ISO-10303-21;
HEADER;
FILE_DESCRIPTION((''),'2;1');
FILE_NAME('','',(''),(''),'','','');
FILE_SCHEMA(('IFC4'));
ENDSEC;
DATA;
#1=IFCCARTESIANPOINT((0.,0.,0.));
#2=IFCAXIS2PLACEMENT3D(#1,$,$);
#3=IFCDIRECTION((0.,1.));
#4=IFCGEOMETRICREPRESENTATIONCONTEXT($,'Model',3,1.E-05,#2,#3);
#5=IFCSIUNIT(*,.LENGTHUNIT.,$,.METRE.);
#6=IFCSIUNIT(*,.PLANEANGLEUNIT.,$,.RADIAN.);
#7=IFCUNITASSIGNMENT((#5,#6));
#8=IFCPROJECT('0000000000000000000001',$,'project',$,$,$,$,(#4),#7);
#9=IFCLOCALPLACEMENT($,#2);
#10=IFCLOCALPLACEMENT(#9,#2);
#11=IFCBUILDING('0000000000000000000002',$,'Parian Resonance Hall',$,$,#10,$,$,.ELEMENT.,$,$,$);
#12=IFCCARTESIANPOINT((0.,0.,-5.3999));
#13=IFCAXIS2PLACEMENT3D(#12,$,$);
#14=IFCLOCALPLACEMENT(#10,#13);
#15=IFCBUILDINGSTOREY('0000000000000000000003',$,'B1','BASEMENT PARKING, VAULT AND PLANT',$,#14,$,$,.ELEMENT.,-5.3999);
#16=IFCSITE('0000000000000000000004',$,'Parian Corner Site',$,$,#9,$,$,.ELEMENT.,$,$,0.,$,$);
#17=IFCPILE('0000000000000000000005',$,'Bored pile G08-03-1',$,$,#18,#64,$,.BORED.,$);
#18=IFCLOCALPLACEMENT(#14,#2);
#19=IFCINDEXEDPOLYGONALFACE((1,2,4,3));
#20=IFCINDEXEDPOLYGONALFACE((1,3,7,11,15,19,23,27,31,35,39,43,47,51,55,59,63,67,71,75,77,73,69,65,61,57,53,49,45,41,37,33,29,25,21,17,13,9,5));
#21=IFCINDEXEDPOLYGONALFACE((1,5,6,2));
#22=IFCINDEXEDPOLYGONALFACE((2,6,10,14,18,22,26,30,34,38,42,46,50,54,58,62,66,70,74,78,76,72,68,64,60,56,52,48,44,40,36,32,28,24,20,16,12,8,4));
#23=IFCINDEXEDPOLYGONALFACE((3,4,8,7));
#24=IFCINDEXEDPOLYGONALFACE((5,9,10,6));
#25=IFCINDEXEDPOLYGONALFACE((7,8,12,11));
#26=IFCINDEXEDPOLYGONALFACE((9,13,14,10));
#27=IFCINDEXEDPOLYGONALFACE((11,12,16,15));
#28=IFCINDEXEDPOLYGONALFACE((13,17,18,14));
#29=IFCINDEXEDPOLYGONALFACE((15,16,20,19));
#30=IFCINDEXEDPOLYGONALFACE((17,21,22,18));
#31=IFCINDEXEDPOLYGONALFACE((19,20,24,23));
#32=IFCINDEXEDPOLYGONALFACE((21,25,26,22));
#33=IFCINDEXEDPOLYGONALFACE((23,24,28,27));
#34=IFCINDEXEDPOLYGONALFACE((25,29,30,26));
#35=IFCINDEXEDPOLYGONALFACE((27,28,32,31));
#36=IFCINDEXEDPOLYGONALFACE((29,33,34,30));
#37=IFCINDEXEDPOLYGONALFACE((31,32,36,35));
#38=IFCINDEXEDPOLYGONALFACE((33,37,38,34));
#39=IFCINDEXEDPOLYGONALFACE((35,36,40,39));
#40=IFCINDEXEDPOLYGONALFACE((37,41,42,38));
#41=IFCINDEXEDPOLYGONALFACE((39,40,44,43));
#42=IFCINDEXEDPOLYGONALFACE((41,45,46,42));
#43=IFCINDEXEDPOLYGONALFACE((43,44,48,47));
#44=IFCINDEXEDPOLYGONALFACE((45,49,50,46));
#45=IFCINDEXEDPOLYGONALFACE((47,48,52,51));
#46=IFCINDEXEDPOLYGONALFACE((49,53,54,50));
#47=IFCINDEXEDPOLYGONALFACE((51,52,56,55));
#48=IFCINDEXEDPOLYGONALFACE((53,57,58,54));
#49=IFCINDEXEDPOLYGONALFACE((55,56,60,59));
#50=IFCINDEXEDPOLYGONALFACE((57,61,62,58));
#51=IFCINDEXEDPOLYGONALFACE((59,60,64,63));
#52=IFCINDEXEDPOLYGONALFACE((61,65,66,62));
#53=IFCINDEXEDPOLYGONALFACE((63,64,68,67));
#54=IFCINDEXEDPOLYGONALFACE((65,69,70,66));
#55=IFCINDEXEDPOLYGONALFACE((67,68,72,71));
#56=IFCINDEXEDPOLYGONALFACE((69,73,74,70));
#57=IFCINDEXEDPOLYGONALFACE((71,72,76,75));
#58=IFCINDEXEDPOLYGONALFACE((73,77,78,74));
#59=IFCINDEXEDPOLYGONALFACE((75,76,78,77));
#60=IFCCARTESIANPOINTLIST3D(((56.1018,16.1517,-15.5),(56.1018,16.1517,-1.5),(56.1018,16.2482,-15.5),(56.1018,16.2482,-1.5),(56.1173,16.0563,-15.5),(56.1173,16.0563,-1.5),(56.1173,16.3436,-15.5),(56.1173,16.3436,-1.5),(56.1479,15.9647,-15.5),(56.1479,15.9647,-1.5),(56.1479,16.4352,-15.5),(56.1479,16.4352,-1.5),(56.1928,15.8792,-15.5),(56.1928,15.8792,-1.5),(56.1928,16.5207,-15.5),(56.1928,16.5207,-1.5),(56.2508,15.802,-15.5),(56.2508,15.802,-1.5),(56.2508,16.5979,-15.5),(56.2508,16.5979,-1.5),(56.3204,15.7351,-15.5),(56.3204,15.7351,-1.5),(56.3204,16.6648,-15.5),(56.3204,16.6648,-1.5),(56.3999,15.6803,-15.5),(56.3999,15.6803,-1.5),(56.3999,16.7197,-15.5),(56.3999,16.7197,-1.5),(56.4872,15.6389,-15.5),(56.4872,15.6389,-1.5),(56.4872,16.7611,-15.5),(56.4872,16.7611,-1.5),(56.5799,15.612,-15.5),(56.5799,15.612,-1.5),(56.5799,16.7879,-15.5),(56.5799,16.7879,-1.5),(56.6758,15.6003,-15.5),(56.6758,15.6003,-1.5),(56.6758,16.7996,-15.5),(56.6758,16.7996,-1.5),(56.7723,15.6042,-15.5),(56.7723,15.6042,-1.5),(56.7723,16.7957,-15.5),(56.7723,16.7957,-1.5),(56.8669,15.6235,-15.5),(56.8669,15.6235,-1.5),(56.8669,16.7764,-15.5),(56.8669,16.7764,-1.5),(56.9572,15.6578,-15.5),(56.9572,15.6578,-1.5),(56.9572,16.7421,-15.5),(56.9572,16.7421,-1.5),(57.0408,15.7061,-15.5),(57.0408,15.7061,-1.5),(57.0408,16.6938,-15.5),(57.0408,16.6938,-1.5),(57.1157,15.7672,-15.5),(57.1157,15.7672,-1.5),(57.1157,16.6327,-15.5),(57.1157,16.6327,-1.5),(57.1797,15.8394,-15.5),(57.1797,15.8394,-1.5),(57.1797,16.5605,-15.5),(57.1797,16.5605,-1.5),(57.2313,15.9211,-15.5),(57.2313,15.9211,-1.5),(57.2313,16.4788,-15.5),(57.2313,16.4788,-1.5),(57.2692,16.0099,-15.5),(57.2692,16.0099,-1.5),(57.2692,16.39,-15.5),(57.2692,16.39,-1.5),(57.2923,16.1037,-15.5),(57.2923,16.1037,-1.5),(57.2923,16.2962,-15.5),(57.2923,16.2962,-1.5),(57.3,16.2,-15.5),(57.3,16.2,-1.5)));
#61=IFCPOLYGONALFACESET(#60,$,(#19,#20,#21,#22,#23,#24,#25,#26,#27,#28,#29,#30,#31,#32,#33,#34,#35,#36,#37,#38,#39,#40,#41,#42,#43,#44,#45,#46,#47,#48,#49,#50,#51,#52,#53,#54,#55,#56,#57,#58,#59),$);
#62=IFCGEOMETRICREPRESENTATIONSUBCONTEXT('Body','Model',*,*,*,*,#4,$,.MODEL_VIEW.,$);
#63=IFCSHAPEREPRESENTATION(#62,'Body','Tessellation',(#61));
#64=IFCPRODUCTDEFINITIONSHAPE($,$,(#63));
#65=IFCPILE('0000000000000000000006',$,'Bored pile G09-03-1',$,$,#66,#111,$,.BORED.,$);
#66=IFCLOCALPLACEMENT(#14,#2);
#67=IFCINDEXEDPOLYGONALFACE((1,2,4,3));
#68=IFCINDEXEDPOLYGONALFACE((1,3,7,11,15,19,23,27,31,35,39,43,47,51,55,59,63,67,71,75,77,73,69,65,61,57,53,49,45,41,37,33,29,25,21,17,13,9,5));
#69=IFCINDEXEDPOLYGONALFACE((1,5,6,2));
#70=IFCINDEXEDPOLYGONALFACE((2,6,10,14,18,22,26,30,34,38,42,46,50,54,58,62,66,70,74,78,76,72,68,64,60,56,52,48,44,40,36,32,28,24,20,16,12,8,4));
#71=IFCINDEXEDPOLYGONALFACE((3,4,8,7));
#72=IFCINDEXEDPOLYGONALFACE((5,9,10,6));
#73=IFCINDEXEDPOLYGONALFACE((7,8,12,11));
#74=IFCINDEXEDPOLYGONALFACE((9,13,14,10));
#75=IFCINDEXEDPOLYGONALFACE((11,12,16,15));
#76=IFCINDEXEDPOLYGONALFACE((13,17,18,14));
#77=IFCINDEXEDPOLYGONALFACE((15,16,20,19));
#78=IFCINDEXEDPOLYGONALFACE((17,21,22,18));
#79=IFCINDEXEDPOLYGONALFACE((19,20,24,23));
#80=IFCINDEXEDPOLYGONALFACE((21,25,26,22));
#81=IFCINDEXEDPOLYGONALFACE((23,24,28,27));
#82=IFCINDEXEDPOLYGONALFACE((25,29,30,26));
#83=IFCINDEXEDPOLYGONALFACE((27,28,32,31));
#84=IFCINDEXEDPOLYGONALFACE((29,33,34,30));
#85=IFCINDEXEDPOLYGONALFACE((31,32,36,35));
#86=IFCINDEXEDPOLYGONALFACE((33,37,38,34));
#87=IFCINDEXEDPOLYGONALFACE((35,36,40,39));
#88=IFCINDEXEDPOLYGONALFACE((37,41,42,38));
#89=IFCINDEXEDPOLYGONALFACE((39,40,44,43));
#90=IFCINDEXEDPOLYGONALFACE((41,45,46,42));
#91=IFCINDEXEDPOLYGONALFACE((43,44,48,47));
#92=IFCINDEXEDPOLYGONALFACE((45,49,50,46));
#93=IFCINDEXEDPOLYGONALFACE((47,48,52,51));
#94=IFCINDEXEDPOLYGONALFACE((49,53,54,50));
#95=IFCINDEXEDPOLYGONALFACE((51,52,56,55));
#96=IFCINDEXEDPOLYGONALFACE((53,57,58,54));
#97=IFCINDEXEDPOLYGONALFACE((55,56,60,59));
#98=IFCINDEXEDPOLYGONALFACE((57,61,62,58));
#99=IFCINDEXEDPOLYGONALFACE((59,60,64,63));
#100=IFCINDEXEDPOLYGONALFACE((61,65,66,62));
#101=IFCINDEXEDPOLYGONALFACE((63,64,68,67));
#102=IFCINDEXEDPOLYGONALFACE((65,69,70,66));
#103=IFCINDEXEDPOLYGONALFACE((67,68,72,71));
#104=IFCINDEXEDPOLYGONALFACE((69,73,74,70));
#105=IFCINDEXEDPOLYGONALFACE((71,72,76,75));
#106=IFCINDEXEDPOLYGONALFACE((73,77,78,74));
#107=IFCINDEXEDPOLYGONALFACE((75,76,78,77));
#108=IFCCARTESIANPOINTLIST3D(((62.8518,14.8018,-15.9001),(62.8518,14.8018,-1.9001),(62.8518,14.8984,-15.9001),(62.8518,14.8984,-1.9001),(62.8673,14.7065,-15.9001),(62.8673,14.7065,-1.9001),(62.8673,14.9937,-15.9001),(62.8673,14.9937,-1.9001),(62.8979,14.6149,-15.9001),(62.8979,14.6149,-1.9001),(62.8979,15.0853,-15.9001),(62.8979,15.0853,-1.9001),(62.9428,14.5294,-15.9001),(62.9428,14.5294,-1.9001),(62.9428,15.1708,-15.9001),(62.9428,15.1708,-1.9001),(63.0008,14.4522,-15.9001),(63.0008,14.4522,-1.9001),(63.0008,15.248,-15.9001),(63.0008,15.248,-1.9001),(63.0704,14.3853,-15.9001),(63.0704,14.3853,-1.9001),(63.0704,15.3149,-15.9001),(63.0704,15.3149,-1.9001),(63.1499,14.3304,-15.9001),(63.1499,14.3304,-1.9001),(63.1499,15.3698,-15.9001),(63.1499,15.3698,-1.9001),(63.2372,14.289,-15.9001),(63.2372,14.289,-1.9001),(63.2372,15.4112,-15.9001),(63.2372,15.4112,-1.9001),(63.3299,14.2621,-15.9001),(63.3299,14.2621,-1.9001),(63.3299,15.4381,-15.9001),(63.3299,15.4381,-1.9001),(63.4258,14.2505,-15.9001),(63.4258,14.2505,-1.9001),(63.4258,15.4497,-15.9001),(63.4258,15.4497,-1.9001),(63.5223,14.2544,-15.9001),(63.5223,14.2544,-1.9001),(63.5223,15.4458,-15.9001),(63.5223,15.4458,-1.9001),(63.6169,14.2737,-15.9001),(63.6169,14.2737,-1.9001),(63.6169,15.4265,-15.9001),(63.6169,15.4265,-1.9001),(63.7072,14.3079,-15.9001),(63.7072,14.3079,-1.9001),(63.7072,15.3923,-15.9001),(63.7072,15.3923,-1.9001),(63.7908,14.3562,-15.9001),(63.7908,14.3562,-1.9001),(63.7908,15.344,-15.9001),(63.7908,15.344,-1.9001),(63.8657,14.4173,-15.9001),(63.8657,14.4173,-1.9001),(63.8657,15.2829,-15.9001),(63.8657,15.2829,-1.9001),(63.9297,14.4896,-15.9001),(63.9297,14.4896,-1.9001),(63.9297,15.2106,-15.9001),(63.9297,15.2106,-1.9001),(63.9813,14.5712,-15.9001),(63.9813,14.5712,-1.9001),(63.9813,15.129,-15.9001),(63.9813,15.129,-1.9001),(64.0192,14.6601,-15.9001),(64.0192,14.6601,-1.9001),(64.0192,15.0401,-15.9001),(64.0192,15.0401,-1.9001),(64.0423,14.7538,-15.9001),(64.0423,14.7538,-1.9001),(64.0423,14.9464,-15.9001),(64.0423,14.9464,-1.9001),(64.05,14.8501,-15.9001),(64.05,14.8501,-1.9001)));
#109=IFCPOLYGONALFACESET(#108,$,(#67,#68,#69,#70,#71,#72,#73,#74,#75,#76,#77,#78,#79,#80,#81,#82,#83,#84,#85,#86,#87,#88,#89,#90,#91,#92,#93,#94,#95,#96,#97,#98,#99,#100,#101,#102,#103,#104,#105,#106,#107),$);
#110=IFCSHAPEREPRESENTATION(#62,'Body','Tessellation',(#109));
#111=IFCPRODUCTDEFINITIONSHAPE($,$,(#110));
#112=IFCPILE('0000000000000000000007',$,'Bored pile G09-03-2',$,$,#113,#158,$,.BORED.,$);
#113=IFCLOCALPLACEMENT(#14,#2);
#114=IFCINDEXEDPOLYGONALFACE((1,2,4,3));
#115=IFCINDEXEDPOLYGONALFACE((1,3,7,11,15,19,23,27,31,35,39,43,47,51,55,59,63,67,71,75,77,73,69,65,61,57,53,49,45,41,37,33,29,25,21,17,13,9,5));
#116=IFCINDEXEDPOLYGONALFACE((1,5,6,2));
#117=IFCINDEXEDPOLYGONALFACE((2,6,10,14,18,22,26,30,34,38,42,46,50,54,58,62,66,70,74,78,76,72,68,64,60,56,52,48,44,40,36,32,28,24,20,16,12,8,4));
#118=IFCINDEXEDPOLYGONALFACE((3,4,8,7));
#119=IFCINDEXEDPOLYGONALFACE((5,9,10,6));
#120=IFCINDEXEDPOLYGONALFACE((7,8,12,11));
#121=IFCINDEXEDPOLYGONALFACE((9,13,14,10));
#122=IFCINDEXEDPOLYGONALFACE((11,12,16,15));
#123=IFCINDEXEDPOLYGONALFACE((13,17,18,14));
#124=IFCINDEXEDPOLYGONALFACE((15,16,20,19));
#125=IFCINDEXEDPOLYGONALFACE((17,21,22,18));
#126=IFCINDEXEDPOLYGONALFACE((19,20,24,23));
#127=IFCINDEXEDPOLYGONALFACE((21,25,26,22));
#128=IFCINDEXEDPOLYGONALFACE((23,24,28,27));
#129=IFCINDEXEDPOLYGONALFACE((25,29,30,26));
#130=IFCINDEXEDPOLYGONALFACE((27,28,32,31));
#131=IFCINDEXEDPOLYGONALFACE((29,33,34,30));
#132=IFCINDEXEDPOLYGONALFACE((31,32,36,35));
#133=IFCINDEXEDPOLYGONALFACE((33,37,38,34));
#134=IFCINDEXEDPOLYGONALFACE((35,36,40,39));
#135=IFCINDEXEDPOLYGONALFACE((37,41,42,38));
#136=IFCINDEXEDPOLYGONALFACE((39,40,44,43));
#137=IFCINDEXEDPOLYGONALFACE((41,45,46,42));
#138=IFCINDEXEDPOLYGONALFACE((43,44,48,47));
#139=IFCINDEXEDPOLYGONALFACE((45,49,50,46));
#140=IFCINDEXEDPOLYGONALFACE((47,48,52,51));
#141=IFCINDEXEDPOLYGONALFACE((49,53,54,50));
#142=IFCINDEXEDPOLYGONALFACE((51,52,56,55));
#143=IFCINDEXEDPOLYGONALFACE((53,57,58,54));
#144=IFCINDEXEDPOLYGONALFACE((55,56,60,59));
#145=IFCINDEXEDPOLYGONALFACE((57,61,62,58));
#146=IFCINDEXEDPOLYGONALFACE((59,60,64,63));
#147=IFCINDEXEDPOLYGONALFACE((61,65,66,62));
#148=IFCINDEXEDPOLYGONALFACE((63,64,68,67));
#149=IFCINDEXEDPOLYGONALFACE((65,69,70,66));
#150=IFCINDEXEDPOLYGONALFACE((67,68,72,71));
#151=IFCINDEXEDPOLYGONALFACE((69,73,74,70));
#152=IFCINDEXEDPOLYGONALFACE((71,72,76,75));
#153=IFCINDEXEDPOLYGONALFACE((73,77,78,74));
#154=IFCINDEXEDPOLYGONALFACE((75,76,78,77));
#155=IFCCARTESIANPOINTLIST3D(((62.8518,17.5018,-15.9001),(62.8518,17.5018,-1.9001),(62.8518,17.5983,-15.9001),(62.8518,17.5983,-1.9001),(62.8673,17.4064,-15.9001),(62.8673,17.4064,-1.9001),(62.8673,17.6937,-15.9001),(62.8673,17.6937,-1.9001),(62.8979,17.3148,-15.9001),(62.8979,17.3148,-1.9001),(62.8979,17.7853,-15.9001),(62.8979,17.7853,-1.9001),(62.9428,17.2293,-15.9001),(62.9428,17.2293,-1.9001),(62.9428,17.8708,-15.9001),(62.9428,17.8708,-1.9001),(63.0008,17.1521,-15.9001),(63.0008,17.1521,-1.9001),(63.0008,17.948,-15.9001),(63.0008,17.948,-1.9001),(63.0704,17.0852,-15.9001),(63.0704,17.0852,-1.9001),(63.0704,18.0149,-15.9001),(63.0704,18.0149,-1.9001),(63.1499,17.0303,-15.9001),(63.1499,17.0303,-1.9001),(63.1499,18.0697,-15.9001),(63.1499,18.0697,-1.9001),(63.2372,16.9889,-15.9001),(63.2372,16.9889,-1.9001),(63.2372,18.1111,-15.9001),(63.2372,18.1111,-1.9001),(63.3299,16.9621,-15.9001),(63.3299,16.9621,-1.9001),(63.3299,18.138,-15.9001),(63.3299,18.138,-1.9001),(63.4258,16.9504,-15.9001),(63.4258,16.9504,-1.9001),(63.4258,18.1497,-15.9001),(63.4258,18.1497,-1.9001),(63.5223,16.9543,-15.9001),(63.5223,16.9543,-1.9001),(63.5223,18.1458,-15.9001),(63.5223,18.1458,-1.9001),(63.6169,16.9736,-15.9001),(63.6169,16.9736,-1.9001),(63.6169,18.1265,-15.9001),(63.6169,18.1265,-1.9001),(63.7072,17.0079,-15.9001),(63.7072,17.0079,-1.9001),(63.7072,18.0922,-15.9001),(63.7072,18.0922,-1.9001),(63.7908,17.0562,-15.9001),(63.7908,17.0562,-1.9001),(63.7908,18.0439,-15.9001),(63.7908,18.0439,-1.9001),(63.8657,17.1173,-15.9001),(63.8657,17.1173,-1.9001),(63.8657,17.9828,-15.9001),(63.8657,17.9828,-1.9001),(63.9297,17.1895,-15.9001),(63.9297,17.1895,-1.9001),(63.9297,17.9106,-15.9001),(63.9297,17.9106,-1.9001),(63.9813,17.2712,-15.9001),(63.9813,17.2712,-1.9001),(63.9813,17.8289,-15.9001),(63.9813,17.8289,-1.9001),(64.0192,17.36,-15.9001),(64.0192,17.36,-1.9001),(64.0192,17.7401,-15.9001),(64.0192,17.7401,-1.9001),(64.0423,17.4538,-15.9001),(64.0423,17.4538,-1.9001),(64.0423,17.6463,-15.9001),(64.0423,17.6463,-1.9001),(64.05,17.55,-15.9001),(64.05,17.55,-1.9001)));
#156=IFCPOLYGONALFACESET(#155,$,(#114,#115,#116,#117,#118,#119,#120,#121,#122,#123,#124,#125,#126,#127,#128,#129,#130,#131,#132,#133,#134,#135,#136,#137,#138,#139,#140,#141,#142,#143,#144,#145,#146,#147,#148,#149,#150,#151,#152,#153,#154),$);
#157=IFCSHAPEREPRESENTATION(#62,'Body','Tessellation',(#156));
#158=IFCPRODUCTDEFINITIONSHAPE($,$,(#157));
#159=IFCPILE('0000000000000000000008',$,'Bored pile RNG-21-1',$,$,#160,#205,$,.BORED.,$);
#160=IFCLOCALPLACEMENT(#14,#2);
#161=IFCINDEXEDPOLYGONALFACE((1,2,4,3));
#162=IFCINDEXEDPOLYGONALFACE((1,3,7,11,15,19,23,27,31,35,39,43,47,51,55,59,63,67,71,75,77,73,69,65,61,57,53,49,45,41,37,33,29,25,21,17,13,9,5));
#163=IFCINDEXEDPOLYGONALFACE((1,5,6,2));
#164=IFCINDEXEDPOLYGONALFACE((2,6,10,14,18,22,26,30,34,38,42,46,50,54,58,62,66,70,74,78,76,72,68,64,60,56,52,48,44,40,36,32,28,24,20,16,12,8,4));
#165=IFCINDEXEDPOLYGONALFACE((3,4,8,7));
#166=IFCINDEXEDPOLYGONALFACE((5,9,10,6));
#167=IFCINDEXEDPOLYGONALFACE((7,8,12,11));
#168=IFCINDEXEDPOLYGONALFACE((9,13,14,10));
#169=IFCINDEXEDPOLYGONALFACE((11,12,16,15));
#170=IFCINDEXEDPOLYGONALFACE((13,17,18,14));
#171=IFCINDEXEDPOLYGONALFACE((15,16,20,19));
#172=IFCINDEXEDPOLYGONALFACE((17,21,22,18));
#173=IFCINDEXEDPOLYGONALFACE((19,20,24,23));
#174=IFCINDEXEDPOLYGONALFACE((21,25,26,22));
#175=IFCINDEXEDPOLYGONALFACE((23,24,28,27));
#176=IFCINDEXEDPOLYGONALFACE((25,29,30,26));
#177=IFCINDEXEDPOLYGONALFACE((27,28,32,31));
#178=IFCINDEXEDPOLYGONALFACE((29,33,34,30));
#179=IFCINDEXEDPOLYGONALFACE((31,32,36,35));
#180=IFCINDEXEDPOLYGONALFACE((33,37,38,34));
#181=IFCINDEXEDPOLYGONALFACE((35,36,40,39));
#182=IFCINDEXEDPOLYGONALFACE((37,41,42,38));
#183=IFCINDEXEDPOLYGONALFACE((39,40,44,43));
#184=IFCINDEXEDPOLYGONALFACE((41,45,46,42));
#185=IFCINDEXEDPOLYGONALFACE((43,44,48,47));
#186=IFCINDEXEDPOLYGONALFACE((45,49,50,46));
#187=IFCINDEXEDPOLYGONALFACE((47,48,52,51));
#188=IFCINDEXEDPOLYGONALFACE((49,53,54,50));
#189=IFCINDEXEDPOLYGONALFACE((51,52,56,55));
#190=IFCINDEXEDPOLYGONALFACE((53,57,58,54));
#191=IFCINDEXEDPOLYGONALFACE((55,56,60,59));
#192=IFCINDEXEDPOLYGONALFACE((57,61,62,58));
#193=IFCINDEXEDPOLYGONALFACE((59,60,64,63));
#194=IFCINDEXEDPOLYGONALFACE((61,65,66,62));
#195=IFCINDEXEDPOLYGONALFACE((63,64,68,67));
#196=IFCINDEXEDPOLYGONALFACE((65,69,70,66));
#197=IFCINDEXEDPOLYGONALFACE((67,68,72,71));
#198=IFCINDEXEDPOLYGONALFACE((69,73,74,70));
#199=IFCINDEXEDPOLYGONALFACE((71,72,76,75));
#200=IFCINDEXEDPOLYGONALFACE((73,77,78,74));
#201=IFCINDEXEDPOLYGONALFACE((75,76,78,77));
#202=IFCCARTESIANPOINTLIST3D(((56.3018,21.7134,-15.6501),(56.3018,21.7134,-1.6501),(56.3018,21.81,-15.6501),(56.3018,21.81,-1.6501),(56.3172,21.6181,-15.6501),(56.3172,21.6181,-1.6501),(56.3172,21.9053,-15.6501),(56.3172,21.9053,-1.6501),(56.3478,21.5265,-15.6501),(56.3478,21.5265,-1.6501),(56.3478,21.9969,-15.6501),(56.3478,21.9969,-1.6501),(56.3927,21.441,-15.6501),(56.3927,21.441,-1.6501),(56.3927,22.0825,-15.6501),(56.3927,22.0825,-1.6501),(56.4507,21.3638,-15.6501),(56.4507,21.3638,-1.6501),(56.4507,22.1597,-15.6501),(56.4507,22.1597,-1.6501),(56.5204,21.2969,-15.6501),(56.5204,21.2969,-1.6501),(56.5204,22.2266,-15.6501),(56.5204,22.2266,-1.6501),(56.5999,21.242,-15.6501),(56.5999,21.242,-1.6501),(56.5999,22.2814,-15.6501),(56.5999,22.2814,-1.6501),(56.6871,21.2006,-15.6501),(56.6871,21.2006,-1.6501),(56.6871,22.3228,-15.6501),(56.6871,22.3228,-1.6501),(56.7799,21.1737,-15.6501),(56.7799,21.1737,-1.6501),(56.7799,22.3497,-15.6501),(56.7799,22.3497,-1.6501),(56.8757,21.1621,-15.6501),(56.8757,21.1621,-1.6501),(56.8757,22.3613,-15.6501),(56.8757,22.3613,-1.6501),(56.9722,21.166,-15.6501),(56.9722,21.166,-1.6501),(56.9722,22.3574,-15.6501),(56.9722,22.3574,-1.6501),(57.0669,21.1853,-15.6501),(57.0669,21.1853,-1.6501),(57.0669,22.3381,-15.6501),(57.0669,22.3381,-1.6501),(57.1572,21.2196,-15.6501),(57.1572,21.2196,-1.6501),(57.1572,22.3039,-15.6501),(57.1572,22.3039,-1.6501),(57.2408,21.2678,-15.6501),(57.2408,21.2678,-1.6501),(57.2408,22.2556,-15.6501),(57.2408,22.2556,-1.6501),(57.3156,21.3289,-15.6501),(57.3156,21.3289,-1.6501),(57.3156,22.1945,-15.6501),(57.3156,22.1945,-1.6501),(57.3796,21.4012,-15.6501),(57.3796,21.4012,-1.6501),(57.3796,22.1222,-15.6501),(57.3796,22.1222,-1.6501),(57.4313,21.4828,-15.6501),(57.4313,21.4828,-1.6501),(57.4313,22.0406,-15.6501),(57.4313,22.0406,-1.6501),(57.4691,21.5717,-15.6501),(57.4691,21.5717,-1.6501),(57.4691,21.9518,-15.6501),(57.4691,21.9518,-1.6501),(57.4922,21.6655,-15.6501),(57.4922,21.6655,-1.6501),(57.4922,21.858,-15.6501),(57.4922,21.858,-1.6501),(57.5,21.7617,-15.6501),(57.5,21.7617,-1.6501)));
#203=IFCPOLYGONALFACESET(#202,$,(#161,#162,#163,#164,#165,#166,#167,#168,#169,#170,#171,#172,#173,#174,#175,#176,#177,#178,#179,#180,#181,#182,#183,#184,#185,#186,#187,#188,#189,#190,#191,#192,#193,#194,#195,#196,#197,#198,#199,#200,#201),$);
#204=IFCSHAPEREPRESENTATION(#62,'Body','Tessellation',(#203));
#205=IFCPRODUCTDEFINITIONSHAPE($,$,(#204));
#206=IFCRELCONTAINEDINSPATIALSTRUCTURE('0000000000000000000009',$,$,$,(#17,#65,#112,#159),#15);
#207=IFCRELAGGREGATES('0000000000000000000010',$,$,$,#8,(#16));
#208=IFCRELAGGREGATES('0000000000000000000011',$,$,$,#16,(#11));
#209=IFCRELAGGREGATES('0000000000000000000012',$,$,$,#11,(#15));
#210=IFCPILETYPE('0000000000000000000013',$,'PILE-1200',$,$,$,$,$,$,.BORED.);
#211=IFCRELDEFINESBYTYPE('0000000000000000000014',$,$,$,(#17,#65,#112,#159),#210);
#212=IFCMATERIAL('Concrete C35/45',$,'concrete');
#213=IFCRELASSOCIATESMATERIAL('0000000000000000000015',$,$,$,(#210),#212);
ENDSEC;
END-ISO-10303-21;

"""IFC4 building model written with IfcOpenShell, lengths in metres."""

from ifc_helpers import new_model, si_unit, direction, frame, origin, origin_2d, place, context, subcontext, project, spatial, circle, extrude, material, material_profile, profile_set, type_object, element, save


model = new_model("IFC4")

# Units and contexts
model_context = context("Model", 3, precision=1e-05, world=origin(), true_north=direction((0.0, 1.0)))
body_context = subcontext(model_context, "Body", "Model", "MODEL_VIEW")
ifc_project = project(units=[si_unit("LENGTHUNIT", "METRE"), si_unit("PLANEANGLEUNIT", "RADIAN")], contexts=[model_context])

# Site, building, storey
site_placement = place(None, origin())
site = spatial("IfcSite", under=ifc_project, at=site_placement, Name="Parian Corner Site", CompositionType="ELEMENT", RefElevation=0.0)
building_placement = place(site_placement, origin())
building = spatial("IfcBuilding", under=site, at=building_placement, Name="Parian Resonance Hall", CompositionType="ELEMENT")
storey_placement = place(building_placement, frame((0.0, 0.0, -5.3999)))
storey = spatial("IfcBuildingStorey", under=building, at=storey_placement, Name="B1", Description="BASEMENT PARKING, VAULT AND PLANT", CompositionType="ELEMENT", Elevation=-5.3999)

# Piles
ifc_material_1 = material(Name="Concrete C35/45", Category="concrete")
ifc_material_profile_1 = material_profile(ifc_material_1, circle(Radius=0.6001, at=origin_2d()), Name="PILE-D1200")
ifc_profile_set_1 = profile_set([ifc_material_profile_1], Name="Concrete C35/45")
pile_type_1 = type_object("IfcPileType", Name="PILE-1200", PredefinedType="BORED", material=ifc_profile_set_1)
for number, where, z_axis, x_axis, name in (
    (1, (56.7, 16.2, -1.5), (0.0, 0.0, -1.0), (1.0, 0.0, 0.0), "Bored pile G08-03-1"),
    (2, (63.45, 14.8501, -1.9001), (0.0, 0.0, -1.0), (1.0, 0.0, 0.0), "Bored pile G09-03-1"),
    (3, (63.45, 17.55, -1.9001), (0.0, 0.0, -1.0), (1.0, 0.0, 0.0), "Bored pile G09-03-2"),
    (4, (56.8999, 21.7617, -1.6501), (0.0, 0.0, -1.0), (1.0, 0.0, 0.0), "Bored pile RNG-21-1"),
):
    element("IfcPile", number, at=place(storey_placement, frame(where, z_axis=z_axis, x_axis=x_axis)), inside=storey, type_object=pile_type_1, Name=name, PredefinedType="BORED", context=body_context, shape_type="SweptSolid", body=[
        extrude(circle(Radius=0.6001, at=origin_2d()), origin(), (0.0, 0.0, 1.0), 14.0),
    ])

save(model, "model.ifc")
